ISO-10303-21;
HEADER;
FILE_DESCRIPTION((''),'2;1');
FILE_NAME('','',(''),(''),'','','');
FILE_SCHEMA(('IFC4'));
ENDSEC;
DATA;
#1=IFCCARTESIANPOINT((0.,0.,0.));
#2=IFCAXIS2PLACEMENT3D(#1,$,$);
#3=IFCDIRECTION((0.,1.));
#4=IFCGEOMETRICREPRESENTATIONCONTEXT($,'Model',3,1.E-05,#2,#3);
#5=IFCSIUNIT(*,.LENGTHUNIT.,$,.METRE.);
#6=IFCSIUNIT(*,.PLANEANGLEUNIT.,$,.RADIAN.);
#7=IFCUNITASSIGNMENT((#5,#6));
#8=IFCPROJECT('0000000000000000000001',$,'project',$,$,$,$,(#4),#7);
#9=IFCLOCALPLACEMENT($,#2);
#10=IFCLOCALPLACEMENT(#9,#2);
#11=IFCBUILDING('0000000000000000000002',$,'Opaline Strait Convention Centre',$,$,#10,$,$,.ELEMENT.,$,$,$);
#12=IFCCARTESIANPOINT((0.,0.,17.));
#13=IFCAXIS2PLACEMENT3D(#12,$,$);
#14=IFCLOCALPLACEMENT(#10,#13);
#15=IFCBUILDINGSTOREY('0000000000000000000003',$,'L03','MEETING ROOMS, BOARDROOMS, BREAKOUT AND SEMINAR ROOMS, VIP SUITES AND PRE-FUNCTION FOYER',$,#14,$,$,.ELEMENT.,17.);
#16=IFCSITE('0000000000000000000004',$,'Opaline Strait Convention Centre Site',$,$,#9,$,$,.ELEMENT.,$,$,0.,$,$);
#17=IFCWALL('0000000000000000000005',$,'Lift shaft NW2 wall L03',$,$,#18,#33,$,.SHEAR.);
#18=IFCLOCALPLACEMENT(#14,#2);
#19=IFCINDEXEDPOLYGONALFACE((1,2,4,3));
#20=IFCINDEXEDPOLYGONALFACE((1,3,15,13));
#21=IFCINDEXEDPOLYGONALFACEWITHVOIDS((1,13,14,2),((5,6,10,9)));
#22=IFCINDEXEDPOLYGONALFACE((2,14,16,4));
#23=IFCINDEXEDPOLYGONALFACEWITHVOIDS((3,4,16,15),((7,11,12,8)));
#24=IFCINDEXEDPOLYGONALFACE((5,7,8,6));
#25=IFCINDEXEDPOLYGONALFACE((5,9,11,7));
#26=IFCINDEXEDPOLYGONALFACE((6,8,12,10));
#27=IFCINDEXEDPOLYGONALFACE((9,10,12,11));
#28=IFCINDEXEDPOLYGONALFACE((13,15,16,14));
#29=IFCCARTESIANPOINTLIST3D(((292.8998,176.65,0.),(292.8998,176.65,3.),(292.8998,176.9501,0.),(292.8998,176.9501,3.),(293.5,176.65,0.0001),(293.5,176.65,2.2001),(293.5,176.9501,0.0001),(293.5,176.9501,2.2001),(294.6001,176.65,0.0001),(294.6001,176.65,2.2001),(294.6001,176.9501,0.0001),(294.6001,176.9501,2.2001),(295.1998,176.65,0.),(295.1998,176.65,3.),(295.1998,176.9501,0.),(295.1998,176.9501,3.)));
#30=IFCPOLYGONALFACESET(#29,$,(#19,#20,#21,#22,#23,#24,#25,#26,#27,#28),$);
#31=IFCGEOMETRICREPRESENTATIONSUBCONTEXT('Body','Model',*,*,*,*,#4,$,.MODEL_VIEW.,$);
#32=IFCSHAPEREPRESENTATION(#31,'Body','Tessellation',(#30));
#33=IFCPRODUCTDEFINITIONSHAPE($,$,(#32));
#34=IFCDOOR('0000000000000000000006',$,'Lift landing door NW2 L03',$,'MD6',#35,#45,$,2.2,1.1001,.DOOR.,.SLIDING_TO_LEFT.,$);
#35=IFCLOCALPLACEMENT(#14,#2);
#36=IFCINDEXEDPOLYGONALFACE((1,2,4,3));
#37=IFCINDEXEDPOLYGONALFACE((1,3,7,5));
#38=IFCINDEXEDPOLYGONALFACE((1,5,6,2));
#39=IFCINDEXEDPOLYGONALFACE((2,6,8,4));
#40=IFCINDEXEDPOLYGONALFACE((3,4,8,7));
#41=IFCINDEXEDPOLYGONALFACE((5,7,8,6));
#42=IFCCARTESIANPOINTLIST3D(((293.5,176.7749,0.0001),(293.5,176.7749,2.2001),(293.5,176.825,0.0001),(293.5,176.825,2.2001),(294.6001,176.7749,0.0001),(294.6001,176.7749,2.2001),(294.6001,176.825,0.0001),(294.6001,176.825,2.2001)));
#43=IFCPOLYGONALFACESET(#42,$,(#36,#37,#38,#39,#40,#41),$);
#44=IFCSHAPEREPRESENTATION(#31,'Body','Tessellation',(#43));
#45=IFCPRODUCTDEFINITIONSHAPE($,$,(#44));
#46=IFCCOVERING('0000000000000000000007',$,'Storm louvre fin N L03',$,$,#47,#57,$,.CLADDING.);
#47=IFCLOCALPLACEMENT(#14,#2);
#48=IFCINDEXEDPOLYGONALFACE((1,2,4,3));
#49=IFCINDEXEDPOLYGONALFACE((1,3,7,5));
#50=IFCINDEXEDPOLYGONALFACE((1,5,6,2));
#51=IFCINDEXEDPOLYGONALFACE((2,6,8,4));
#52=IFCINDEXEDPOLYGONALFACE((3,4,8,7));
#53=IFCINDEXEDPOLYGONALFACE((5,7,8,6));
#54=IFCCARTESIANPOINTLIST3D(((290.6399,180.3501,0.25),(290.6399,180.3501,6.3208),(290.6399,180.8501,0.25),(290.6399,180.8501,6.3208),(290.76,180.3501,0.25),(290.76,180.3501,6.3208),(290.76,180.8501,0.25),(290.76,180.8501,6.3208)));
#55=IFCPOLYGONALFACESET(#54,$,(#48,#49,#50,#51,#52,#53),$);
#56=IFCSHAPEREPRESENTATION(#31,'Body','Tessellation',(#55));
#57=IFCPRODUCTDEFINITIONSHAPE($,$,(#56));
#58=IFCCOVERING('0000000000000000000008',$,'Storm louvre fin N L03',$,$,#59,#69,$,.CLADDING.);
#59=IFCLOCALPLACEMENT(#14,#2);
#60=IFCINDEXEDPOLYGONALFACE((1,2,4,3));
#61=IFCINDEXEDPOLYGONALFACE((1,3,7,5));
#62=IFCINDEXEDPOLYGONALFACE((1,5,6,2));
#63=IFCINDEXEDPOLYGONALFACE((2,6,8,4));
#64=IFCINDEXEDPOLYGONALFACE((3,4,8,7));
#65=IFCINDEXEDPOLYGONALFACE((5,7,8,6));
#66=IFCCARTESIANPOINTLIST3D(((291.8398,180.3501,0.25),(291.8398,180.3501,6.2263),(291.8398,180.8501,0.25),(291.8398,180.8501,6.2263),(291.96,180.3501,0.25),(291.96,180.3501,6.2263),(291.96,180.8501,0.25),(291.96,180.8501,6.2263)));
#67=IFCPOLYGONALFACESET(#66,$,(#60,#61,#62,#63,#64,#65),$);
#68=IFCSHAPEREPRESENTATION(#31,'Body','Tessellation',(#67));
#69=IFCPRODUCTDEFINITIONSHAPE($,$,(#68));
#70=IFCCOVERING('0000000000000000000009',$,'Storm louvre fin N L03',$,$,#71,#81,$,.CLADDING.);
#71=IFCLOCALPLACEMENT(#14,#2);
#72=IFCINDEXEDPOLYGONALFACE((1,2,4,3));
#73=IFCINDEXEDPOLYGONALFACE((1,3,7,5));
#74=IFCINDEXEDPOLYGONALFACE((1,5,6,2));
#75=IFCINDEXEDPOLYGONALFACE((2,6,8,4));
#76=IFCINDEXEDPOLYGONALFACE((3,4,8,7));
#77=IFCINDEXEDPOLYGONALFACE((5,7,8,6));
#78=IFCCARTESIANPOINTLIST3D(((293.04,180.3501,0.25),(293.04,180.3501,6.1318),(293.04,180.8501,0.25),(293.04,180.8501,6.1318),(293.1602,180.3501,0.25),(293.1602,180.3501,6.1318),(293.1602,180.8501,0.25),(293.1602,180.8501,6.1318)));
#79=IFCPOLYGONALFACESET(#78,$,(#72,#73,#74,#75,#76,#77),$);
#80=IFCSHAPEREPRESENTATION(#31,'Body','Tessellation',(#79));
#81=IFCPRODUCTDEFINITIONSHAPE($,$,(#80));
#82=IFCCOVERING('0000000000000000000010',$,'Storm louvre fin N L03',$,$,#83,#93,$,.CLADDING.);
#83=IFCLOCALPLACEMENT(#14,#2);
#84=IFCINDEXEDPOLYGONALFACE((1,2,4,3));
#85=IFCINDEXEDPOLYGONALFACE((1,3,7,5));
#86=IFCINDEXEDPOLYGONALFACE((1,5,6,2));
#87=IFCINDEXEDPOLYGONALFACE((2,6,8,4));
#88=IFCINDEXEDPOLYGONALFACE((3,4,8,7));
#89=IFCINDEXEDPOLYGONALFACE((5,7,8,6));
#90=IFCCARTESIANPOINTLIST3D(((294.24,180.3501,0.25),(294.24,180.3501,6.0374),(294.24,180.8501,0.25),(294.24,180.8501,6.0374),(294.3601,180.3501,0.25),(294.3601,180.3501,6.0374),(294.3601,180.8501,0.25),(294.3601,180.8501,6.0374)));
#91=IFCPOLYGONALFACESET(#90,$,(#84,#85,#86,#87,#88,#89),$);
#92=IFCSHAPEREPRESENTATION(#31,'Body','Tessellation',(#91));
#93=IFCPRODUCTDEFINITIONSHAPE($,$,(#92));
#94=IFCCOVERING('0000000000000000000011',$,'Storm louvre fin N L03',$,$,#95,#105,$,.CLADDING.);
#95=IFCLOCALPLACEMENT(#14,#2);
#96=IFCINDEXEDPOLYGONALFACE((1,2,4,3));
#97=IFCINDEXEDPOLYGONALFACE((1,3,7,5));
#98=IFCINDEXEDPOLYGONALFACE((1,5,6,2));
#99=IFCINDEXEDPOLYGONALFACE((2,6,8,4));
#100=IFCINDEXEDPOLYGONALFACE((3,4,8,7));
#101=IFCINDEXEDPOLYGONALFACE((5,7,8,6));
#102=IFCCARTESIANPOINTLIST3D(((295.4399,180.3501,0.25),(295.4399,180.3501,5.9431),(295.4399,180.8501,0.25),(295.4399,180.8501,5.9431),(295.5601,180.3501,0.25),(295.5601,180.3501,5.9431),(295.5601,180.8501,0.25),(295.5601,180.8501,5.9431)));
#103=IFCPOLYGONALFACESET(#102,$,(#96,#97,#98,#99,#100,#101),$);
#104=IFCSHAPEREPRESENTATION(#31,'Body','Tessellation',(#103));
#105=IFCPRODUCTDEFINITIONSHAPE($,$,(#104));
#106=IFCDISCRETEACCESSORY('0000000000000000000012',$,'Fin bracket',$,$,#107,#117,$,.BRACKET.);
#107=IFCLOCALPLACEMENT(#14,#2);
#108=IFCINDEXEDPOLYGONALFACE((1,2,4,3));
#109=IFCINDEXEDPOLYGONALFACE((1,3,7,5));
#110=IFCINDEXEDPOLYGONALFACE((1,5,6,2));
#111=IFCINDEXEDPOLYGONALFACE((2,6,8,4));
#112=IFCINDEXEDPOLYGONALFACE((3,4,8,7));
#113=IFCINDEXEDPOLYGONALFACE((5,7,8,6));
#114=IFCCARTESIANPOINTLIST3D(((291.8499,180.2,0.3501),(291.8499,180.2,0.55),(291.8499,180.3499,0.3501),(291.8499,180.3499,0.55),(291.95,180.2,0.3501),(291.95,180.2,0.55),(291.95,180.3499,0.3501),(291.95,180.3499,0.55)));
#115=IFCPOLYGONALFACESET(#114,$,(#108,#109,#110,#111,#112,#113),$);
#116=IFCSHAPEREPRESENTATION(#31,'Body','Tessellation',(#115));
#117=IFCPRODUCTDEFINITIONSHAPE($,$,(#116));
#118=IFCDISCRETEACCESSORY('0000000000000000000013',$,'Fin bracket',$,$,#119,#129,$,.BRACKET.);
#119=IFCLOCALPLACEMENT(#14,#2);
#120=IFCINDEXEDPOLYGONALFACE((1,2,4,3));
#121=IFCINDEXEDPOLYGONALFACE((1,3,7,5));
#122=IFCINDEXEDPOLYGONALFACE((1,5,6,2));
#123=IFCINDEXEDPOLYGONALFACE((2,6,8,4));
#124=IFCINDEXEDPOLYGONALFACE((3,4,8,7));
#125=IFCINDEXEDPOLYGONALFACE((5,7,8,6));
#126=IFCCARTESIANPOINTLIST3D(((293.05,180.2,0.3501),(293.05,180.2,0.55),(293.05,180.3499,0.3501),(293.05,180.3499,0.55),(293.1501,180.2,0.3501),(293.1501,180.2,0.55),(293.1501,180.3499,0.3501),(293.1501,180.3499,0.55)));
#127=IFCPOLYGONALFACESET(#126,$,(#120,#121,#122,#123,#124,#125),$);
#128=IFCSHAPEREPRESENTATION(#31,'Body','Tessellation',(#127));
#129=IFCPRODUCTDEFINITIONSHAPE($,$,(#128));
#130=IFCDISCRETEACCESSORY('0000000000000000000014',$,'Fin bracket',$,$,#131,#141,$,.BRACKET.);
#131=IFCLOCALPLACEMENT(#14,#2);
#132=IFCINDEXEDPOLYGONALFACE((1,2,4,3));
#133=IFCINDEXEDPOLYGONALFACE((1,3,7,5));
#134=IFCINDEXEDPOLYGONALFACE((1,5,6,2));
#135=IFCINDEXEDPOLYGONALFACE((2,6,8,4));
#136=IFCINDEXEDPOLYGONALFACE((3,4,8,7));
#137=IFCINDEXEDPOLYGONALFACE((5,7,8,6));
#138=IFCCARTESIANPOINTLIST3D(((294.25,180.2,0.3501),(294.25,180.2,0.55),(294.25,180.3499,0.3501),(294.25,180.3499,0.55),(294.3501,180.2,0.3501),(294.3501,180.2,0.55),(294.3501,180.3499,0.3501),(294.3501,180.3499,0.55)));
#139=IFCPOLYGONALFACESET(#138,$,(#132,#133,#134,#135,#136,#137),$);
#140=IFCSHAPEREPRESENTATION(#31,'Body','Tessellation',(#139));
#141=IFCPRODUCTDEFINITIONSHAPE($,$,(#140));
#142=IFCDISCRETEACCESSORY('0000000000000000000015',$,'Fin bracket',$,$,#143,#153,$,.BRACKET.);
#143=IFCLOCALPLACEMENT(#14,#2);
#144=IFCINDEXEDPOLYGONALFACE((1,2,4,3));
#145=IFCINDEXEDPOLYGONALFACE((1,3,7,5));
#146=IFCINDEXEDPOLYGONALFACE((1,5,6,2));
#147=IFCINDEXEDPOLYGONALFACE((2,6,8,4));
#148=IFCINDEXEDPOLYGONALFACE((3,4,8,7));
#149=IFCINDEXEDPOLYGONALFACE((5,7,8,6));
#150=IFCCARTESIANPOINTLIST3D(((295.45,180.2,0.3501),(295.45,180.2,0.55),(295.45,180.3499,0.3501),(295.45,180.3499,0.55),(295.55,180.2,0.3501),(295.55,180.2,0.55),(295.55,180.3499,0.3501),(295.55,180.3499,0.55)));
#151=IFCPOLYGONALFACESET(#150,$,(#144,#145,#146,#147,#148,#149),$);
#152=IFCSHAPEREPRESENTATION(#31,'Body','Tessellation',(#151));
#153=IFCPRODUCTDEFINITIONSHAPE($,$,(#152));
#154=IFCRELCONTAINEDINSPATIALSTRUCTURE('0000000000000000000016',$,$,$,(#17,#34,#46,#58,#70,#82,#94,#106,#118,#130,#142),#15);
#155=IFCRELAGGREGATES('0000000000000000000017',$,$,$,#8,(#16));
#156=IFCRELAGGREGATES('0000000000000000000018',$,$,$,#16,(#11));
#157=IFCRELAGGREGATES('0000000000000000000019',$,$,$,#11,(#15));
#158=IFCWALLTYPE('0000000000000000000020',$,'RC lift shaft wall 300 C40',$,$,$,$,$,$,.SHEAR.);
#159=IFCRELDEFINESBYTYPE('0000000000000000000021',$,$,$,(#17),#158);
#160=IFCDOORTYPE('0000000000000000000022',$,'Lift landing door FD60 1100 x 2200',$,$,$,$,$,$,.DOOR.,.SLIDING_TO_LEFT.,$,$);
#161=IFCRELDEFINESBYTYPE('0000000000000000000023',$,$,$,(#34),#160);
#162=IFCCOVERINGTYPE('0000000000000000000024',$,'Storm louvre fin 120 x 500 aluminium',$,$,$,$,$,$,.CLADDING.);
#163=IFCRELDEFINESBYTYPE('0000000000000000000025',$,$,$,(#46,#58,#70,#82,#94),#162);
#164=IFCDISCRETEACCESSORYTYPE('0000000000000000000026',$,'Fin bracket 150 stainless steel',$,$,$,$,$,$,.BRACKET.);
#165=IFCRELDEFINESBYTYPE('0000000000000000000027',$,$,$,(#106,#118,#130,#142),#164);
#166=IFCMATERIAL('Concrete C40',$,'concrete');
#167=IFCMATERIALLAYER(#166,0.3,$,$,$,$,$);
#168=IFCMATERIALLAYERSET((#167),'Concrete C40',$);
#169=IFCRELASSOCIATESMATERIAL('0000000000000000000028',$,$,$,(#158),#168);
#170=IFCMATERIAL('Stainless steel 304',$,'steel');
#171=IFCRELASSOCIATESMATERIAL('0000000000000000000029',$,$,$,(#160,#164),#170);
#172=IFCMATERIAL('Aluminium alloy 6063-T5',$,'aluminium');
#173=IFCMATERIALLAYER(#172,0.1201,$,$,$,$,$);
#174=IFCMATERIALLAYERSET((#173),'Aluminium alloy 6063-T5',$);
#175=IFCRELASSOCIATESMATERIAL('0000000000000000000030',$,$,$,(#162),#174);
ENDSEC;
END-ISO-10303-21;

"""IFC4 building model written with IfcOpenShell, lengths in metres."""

from ifc_helpers import new_model, si_unit, direction, frame, frame_2d, origin, origin_2d, place, context, subcontext, project, spatial, rectangle, extrude, material, layer, layer_set, type_object, element, fill, save


model = new_model("IFC4")

# Units and contexts
model_context = context("Model", 3, precision=1e-05, world=origin(), true_north=direction((0.0, 1.0)))
body_context = subcontext(model_context, "Body", "Model", "MODEL_VIEW")
ifc_project = project(units=[si_unit("LENGTHUNIT", "METRE"), si_unit("PLANEANGLEUNIT", "RADIAN")], contexts=[model_context])

# Site, building, storey
site_placement = place(None, origin())
site = spatial("IfcSite", under=ifc_project, at=site_placement, Name="Opaline Strait Convention Centre Site", CompositionType="ELEMENT", RefElevation=0.0)
building_placement = place(site_placement, origin())
building = spatial("IfcBuilding", under=site, at=building_placement, Name="Opaline Strait Convention Centre", CompositionType="ELEMENT")
storey_placement = place(building_placement, frame((0.0, 0.0, 17.0)))
storey = spatial("IfcBuildingStorey", under=building, at=storey_placement, Name="L03", Description="MEETING ROOMS, BOARDROOMS, BREAKOUT AND SEMINAR ROOMS, VIP SUITES AND PRE-FUNCTION FOYER", CompositionType="ELEMENT", Elevation=17.0)

# Shared definitions
ifc_material_1 = material(Name="Concrete C40", Category="concrete")

# Shared definitions
ifc_layer_1 = layer(ifc_material_1, 0.3)
ifc_layer_set_1 = layer_set([ifc_layer_1], Name="Concrete C40")
wall_type_1 = type_object("IfcWallType", Name="RC lift shaft wall 300 C40", PredefinedType="SHEAR", material=ifc_layer_set_1)

# Wall, opening, door
wall_1_placement = place(storey_placement, frame((292.8999, 176.8, 0.0), z_axis=(0.0, 0.0, 1.0), x_axis=(1.0, 0.0, 0.0)))
wall_1 = element("IfcWall", 1, at=wall_1_placement, inside=storey, type_object=wall_type_1, Name="Lift shaft NW2 wall L03", PredefinedType="SHEAR", context=body_context, shape_type="SweptSolid", body=[
    extrude(rectangle(XDim=2.3, YDim=0.3, at=frame_2d((1.1499, 0.0))), origin(), (0.0, 0.0, 1.0), 3.0),
])
opening_1_placement = place(wall_1_placement, frame((0.6001, 0.0, 0.0)))
opening_1 = element("IfcOpeningElement", 2, at=opening_1_placement, cuts=wall_1, PredefinedType="OPENING", context=body_context, shape_type="SweptSolid", body=[
    extrude(rectangle(XDim=1.1001, YDim=2.2, at=frame_2d((0.55, 1.1001))), frame((0.0, 0.1599, 0.0), z_axis=(0.0, -1.0, 0.0), x_axis=(1.0, 0.0, 0.0)), (0.0, 0.0, 1.0), 0.3201),
])
ifc_material_2 = material(Name="Stainless steel 304", Category="steel")
door_type_1 = type_object("IfcDoorType", Name="Lift landing door FD60 1100 x 2200", OperationType="SLIDING_TO_LEFT", PredefinedType="DOOR", material=ifc_material_2)
door_1_placement = place(opening_1_placement, origin())
door_1 = element("IfcDoor", 3, at=door_1_placement, inside=storey, type_object=door_type_1, Name="Lift landing door NW2 L03", ObjectType="MD6", OperationType="SLIDING_TO_LEFT", OverallHeight=2.2, OverallWidth=1.1001, PredefinedType="DOOR", context=body_context, shape_type="SweptSolid", body=[
    extrude(rectangle(XDim=1.1001, YDim=2.2, at=frame_2d((0.55, 1.1001))), frame((0.0, 0.0249, 0.0), z_axis=(0.0, -1.0, 0.0), x_axis=(1.0, 0.0, 0.0)), (0.0, 0.0, 1.0), 0.05),
])
fill(opening_1, door_1)

# Coverings
ifc_material_3 = material(Name="Aluminium alloy 6063-T5", Category="aluminium")
ifc_layer_2 = layer(ifc_material_3, 0.1201)
ifc_layer_set_2 = layer_set([ifc_layer_2], Name="Aluminium alloy 6063-T5")
covering_type = type_object("IfcCoveringType", Name="Storm louvre fin 120 x 500 aluminium", PredefinedType="CLADDING", material=ifc_layer_set_2)
covering_1_placement = place(storey_placement, frame((290.7, 180.6001, 0.25), z_axis=(0.0, 0.0, 1.0), x_axis=(1.0, 0.0, 0.0)))
element("IfcCovering", 4, at=covering_1_placement, inside=storey, type_object=covering_type, Name="Storm louvre fin N L03", PredefinedType="CLADDING", context=body_context, shape_type="SweptSolid", body=[
    extrude(rectangle(XDim=0.1201, YDim=0.5, at=origin_2d()), origin(), (0.0, 0.0, 1.0), 6.0708),
])
covering_2_placement = place(storey_placement, frame((291.8999, 180.6001, 0.25), z_axis=(0.0, 0.0, 1.0), x_axis=(1.0, 0.0, 0.0)))
element("IfcCovering", 5, at=covering_2_placement, inside=storey, type_object=covering_type, Name="Storm louvre fin N L03", PredefinedType="CLADDING", context=body_context, shape_type="SweptSolid", body=[
    extrude(rectangle(XDim=0.1201, YDim=0.5, at=origin_2d()), origin(), (0.0, 0.0, 1.0), 5.9763),
])
covering_3_placement = place(storey_placement, frame((293.1001, 180.6001, 0.25), z_axis=(0.0, 0.0, 1.0), x_axis=(1.0, 0.0, 0.0)))
element("IfcCovering", 6, at=covering_3_placement, inside=storey, type_object=covering_type, Name="Storm louvre fin N L03", PredefinedType="CLADDING", context=body_context, shape_type="SweptSolid", body=[
    extrude(rectangle(XDim=0.1201, YDim=0.5, at=origin_2d()), origin(), (0.0, 0.0, 1.0), 5.8818),
])
covering_4_placement = place(storey_placement, frame((294.3, 180.6001, 0.25), z_axis=(0.0, 0.0, 1.0), x_axis=(1.0, 0.0, 0.0)))
element("IfcCovering", 7, at=covering_4_placement, inside=storey, type_object=covering_type, Name="Storm louvre fin N L03", PredefinedType="CLADDING", context=body_context, shape_type="SweptSolid", body=[
    extrude(rectangle(XDim=0.1201, YDim=0.5, at=origin_2d()), origin(), (0.0, 0.0, 1.0), 5.7874),
])
covering_5_placement = place(storey_placement, frame((295.5, 180.6001, 0.25), z_axis=(0.0, 0.0, 1.0), x_axis=(1.0, 0.0, 0.0)))
element("IfcCovering", 8, at=covering_5_placement, inside=storey, type_object=covering_type, Name="Storm louvre fin N L03", PredefinedType="CLADDING", context=body_context, shape_type="SweptSolid", body=[
    extrude(rectangle(XDim=0.1201, YDim=0.5, at=origin_2d()), origin(), (0.0, 0.0, 1.0), 5.6931),
])

# Discrete accessories
discrete_accessory_type = type_object("IfcDiscreteAccessoryType", Name="Fin bracket 150 stainless steel", PredefinedType="BRACKET", material=ifc_material_2)
for number, where, z_axis, x_axis, name in (
    (9, (291.8999, 180.2749, 0.3501), (0.0, 0.0, 1.0), (1.0, 0.0, 0.0), "Fin bracket"),
    (10, (293.1001, 180.2749, 0.3501), (0.0, 0.0, 1.0), (1.0, 0.0, 0.0), "Fin bracket"),
    (11, (294.3, 180.2749, 0.3501), (0.0, 0.0, 1.0), (1.0, 0.0, 0.0), "Fin bracket"),
    (12, (295.5, 180.2749, 0.3501), (0.0, 0.0, 1.0), (1.0, 0.0, 0.0), "Fin bracket"),
):
    element("IfcDiscreteAccessory", number, at=place(storey_placement, frame(where, z_axis=z_axis, x_axis=x_axis)), inside=storey, type_object=discrete_accessory_type, Name=name, PredefinedType="BRACKET", context=body_context, shape_type="SweptSolid", body=[
        extrude(rectangle(XDim=0.1001, YDim=0.1499, at=origin_2d()), origin(), (0.0, 0.0, 1.0), 0.2),
    ])

save(model, "model.ifc")
